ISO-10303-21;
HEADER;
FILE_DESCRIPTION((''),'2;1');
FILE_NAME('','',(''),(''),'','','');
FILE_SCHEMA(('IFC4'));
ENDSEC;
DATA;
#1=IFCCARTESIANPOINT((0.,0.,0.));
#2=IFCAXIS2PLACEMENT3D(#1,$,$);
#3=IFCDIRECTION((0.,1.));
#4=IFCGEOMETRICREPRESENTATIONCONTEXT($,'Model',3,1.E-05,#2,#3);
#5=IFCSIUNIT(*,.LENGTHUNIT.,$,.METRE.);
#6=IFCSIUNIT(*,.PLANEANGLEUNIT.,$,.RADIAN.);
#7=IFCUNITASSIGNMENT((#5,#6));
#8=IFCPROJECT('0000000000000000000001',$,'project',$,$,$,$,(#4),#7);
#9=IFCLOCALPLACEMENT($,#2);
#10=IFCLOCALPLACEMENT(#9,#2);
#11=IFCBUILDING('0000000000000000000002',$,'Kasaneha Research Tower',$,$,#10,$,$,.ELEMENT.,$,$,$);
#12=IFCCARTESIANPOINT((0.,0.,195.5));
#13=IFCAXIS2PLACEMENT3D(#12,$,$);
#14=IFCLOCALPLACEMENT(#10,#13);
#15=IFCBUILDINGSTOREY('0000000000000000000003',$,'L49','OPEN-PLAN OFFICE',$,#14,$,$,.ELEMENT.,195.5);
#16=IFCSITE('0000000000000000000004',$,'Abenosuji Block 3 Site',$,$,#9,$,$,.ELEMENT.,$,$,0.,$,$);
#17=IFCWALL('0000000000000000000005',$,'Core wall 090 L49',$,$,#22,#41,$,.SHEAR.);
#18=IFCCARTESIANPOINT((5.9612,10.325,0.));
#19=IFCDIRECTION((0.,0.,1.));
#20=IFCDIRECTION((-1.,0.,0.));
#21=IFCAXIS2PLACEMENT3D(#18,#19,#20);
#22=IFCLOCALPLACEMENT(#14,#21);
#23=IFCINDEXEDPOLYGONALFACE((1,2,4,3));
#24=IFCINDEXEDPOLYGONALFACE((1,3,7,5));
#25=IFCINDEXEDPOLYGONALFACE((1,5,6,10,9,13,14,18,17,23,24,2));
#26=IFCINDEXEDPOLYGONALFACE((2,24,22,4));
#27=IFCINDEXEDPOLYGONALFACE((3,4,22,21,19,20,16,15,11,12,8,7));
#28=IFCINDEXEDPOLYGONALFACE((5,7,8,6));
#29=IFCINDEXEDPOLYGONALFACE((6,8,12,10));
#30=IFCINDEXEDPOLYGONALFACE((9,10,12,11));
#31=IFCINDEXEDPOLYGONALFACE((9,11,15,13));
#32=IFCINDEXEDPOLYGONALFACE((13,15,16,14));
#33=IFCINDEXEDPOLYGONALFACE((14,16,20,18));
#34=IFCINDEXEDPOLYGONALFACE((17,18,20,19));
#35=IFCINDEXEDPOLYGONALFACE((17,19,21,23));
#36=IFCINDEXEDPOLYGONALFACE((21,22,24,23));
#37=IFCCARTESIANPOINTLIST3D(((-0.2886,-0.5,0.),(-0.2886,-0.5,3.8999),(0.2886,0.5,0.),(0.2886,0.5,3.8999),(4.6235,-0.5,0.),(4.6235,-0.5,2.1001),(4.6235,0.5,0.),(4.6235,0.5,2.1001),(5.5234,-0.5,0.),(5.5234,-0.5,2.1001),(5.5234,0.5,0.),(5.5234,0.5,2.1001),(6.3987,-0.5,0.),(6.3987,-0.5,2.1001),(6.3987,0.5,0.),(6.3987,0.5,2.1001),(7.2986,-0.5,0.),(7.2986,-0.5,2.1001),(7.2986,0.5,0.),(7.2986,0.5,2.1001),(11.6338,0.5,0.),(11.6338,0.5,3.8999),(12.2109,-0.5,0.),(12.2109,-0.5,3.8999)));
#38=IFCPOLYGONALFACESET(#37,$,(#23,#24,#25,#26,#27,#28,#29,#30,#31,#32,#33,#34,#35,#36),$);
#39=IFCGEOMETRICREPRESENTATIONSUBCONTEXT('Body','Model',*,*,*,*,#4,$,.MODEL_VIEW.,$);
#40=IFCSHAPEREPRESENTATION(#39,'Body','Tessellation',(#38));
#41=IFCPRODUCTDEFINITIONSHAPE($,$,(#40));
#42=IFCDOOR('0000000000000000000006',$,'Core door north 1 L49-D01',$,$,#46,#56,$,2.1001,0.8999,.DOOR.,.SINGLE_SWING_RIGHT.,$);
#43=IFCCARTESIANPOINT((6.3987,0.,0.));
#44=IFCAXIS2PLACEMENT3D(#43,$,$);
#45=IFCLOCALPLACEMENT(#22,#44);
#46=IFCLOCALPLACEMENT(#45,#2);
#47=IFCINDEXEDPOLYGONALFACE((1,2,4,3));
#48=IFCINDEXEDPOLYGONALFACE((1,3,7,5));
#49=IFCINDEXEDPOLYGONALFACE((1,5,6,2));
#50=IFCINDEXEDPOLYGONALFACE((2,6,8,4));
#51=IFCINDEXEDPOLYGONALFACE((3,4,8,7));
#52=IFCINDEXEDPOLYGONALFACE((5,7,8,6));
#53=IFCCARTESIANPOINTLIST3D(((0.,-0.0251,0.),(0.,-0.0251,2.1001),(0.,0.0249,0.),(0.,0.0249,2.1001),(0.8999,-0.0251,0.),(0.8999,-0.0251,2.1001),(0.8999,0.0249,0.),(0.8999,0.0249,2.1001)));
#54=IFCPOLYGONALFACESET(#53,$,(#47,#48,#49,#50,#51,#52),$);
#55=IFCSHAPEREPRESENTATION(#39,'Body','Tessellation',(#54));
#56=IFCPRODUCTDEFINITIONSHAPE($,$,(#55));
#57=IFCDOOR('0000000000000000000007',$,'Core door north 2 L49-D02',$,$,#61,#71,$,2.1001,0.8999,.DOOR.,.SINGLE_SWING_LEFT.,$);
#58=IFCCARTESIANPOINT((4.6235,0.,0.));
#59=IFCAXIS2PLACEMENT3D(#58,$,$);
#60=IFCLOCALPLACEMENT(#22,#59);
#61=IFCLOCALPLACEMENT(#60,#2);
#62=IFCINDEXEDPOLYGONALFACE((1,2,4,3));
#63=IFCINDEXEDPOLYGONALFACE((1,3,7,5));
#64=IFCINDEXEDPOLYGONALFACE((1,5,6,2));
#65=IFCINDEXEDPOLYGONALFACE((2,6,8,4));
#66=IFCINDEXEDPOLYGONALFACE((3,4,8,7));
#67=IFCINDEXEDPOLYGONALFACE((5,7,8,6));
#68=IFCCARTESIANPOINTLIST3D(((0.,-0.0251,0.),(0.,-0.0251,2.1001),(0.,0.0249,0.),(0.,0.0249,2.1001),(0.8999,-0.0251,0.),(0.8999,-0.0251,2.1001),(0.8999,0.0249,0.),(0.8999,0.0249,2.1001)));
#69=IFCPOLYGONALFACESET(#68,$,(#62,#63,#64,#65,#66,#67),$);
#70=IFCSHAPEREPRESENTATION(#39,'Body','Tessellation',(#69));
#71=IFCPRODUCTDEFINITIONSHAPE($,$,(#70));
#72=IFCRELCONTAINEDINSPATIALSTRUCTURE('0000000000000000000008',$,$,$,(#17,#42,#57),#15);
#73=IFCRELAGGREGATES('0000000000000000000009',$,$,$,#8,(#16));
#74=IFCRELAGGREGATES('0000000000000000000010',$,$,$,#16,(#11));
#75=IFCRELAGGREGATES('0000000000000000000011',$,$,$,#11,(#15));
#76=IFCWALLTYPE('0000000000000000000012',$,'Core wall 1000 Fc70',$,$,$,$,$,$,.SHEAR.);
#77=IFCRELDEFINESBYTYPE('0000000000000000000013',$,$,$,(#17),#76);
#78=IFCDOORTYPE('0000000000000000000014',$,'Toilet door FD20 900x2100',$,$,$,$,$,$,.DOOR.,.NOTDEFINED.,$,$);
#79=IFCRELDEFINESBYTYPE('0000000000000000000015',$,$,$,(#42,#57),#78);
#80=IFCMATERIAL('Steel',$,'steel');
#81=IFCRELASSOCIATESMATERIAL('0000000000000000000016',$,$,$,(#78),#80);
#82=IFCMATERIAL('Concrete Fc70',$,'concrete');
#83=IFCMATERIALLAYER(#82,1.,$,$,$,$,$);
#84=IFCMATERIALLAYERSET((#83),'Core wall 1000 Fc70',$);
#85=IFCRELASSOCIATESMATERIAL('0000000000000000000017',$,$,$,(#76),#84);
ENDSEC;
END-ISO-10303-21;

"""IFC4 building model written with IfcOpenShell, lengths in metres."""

from ifc_helpers import new_model, si_unit, direction, frame, frame_2d, origin, place, context, subcontext, project, spatial, polyline, rectangle, outline, extrude, material, layer, layer_set, type_object, element, fill, save


model = new_model("IFC4")

# Units and contexts
model_context = context("Model", 3, precision=1e-05, world=origin(), true_north=direction((0.0, 1.0)))
body_context = subcontext(model_context, "Body", "Model", "MODEL_VIEW")
ifc_project = project(units=[si_unit("LENGTHUNIT", "METRE"), si_unit("PLANEANGLEUNIT", "RADIAN")], contexts=[model_context])

# Site, building, storey
site_placement = place(None, origin())
site = spatial("IfcSite", under=ifc_project, at=site_placement, Name="Abenosuji Block 3 Site", CompositionType="ELEMENT", RefElevation=0.0)
building_placement = place(site_placement, origin())
building = spatial("IfcBuilding", under=site, at=building_placement, Name="Kasaneha Research Tower", CompositionType="ELEMENT")
storey_placement = place(building_placement, frame((0.0, 0.0, 195.5)))
storey = spatial("IfcBuildingStorey", under=building, at=storey_placement, Name="L49", Description="OPEN-PLAN OFFICE", CompositionType="ELEMENT", Elevation=195.5)

# Shared definitions
ifc_material_1 = material(Name="Steel", Category="steel")
door_type_1 = type_object("IfcDoorType", Name="Toilet door FD20 900x2100", OperationType="NOTDEFINED", PredefinedType="DOOR", material=ifc_material_1)

# Wall, openings, doors
ifc_material_2 = material(Name="Concrete Fc70", Category="concrete")
ifc_layer_1 = layer(ifc_material_2, 1.0)
ifc_layer_set_1 = layer_set([ifc_layer_1], Name="Core wall 1000 Fc70")
wall_type_1 = type_object("IfcWallType", Name="Core wall 1000 Fc70", PredefinedType="SHEAR", material=ifc_layer_set_1)
wall_1_placement = place(storey_placement, frame((5.9612, 10.325, 0.0), z_axis=(0.0, 0.0, 1.0), x_axis=(-1.0, 0.0, 0.0)))
wall_1 = element("IfcWall", 1, at=wall_1_placement, inside=storey, type_object=wall_type_1, Name="Core wall 090 L49", PredefinedType="SHEAR", context=body_context, shape_type="SweptSolid", body=[
    extrude(outline(polyline([(-0.2886, -0.5), (4.6235, -0.5), (5.5234, -0.5), (6.3987, -0.5), (7.2986, -0.5), (12.2109, -0.5), (11.6338, 0.5), (7.2986, 0.5), (6.3987, 0.5), (5.5234, 0.5), (4.6235, 0.5), (0.2886, 0.5), (-0.2886, -0.5)])), origin(), (0.0, 0.0, 1.0), 3.8999),
])
opening_1_placement = place(wall_1_placement, frame((6.3987, 0.0, 0.0)))
opening_1 = element("IfcOpeningElement", 2, at=opening_1_placement, cuts=wall_1, PredefinedType="OPENING", context=body_context, shape_type="SweptSolid", body=[
    extrude(rectangle(XDim=0.8999, YDim=2.1001, at=frame_2d((0.45, 1.05))), frame((0.0, 0.51, 0.0), z_axis=(0.0, -1.0, 0.0), x_axis=(1.0, 0.0, 0.0)), (0.0, 0.0, 1.0), 1.02),
])
opening_2_placement = place(wall_1_placement, frame((4.6235, 0.0, 0.0)))
opening_2 = element("IfcOpeningElement", 3, at=opening_2_placement, cuts=wall_1, PredefinedType="OPENING", context=body_context, shape_type="SweptSolid", body=[
    extrude(rectangle(XDim=0.8999, YDim=2.1001, at=frame_2d((0.45, 1.05))), frame((0.0, 0.51, 0.0), z_axis=(0.0, -1.0, 0.0), x_axis=(1.0, 0.0, 0.0)), (0.0, 0.0, 1.0), 1.02),
])
door_1_placement = place(opening_1_placement, origin())
door_1 = element("IfcDoor", 4, at=door_1_placement, inside=storey, type_object=door_type_1, Name="Core door north 1 L49-D01", OperationType="SINGLE_SWING_RIGHT", OverallHeight=2.1001, OverallWidth=0.8999, PredefinedType="DOOR", context=body_context, shape_type="SweptSolid", body=[
    extrude(rectangle(XDim=0.8999, YDim=2.1001, at=frame_2d((0.45, 1.05))), frame((0.0, 0.0249, 0.0), z_axis=(0.0, -1.0, 0.0), x_axis=(1.0, 0.0, 0.0)), (0.0, 0.0, 1.0), 0.05),
])
fill(opening_1, door_1)
door_2_placement = place(opening_2_placement, origin())
door_2 = element("IfcDoor", 5, at=door_2_placement, inside=storey, type_object=door_type_1, Name="Core door north 2 L49-D02", OperationType="SINGLE_SWING_LEFT", OverallHeight=2.1001, OverallWidth=0.8999, PredefinedType="DOOR", context=body_context, shape_type="SweptSolid", body=[
    extrude(rectangle(XDim=0.8999, YDim=2.1001, at=frame_2d((0.45, 1.05))), frame((0.0, 0.0249, 0.0), z_axis=(0.0, -1.0, 0.0), x_axis=(1.0, 0.0, 0.0)), (0.0, 0.0, 1.0), 0.05),
])
fill(opening_2, door_2)

save(model, "model.ifc")
